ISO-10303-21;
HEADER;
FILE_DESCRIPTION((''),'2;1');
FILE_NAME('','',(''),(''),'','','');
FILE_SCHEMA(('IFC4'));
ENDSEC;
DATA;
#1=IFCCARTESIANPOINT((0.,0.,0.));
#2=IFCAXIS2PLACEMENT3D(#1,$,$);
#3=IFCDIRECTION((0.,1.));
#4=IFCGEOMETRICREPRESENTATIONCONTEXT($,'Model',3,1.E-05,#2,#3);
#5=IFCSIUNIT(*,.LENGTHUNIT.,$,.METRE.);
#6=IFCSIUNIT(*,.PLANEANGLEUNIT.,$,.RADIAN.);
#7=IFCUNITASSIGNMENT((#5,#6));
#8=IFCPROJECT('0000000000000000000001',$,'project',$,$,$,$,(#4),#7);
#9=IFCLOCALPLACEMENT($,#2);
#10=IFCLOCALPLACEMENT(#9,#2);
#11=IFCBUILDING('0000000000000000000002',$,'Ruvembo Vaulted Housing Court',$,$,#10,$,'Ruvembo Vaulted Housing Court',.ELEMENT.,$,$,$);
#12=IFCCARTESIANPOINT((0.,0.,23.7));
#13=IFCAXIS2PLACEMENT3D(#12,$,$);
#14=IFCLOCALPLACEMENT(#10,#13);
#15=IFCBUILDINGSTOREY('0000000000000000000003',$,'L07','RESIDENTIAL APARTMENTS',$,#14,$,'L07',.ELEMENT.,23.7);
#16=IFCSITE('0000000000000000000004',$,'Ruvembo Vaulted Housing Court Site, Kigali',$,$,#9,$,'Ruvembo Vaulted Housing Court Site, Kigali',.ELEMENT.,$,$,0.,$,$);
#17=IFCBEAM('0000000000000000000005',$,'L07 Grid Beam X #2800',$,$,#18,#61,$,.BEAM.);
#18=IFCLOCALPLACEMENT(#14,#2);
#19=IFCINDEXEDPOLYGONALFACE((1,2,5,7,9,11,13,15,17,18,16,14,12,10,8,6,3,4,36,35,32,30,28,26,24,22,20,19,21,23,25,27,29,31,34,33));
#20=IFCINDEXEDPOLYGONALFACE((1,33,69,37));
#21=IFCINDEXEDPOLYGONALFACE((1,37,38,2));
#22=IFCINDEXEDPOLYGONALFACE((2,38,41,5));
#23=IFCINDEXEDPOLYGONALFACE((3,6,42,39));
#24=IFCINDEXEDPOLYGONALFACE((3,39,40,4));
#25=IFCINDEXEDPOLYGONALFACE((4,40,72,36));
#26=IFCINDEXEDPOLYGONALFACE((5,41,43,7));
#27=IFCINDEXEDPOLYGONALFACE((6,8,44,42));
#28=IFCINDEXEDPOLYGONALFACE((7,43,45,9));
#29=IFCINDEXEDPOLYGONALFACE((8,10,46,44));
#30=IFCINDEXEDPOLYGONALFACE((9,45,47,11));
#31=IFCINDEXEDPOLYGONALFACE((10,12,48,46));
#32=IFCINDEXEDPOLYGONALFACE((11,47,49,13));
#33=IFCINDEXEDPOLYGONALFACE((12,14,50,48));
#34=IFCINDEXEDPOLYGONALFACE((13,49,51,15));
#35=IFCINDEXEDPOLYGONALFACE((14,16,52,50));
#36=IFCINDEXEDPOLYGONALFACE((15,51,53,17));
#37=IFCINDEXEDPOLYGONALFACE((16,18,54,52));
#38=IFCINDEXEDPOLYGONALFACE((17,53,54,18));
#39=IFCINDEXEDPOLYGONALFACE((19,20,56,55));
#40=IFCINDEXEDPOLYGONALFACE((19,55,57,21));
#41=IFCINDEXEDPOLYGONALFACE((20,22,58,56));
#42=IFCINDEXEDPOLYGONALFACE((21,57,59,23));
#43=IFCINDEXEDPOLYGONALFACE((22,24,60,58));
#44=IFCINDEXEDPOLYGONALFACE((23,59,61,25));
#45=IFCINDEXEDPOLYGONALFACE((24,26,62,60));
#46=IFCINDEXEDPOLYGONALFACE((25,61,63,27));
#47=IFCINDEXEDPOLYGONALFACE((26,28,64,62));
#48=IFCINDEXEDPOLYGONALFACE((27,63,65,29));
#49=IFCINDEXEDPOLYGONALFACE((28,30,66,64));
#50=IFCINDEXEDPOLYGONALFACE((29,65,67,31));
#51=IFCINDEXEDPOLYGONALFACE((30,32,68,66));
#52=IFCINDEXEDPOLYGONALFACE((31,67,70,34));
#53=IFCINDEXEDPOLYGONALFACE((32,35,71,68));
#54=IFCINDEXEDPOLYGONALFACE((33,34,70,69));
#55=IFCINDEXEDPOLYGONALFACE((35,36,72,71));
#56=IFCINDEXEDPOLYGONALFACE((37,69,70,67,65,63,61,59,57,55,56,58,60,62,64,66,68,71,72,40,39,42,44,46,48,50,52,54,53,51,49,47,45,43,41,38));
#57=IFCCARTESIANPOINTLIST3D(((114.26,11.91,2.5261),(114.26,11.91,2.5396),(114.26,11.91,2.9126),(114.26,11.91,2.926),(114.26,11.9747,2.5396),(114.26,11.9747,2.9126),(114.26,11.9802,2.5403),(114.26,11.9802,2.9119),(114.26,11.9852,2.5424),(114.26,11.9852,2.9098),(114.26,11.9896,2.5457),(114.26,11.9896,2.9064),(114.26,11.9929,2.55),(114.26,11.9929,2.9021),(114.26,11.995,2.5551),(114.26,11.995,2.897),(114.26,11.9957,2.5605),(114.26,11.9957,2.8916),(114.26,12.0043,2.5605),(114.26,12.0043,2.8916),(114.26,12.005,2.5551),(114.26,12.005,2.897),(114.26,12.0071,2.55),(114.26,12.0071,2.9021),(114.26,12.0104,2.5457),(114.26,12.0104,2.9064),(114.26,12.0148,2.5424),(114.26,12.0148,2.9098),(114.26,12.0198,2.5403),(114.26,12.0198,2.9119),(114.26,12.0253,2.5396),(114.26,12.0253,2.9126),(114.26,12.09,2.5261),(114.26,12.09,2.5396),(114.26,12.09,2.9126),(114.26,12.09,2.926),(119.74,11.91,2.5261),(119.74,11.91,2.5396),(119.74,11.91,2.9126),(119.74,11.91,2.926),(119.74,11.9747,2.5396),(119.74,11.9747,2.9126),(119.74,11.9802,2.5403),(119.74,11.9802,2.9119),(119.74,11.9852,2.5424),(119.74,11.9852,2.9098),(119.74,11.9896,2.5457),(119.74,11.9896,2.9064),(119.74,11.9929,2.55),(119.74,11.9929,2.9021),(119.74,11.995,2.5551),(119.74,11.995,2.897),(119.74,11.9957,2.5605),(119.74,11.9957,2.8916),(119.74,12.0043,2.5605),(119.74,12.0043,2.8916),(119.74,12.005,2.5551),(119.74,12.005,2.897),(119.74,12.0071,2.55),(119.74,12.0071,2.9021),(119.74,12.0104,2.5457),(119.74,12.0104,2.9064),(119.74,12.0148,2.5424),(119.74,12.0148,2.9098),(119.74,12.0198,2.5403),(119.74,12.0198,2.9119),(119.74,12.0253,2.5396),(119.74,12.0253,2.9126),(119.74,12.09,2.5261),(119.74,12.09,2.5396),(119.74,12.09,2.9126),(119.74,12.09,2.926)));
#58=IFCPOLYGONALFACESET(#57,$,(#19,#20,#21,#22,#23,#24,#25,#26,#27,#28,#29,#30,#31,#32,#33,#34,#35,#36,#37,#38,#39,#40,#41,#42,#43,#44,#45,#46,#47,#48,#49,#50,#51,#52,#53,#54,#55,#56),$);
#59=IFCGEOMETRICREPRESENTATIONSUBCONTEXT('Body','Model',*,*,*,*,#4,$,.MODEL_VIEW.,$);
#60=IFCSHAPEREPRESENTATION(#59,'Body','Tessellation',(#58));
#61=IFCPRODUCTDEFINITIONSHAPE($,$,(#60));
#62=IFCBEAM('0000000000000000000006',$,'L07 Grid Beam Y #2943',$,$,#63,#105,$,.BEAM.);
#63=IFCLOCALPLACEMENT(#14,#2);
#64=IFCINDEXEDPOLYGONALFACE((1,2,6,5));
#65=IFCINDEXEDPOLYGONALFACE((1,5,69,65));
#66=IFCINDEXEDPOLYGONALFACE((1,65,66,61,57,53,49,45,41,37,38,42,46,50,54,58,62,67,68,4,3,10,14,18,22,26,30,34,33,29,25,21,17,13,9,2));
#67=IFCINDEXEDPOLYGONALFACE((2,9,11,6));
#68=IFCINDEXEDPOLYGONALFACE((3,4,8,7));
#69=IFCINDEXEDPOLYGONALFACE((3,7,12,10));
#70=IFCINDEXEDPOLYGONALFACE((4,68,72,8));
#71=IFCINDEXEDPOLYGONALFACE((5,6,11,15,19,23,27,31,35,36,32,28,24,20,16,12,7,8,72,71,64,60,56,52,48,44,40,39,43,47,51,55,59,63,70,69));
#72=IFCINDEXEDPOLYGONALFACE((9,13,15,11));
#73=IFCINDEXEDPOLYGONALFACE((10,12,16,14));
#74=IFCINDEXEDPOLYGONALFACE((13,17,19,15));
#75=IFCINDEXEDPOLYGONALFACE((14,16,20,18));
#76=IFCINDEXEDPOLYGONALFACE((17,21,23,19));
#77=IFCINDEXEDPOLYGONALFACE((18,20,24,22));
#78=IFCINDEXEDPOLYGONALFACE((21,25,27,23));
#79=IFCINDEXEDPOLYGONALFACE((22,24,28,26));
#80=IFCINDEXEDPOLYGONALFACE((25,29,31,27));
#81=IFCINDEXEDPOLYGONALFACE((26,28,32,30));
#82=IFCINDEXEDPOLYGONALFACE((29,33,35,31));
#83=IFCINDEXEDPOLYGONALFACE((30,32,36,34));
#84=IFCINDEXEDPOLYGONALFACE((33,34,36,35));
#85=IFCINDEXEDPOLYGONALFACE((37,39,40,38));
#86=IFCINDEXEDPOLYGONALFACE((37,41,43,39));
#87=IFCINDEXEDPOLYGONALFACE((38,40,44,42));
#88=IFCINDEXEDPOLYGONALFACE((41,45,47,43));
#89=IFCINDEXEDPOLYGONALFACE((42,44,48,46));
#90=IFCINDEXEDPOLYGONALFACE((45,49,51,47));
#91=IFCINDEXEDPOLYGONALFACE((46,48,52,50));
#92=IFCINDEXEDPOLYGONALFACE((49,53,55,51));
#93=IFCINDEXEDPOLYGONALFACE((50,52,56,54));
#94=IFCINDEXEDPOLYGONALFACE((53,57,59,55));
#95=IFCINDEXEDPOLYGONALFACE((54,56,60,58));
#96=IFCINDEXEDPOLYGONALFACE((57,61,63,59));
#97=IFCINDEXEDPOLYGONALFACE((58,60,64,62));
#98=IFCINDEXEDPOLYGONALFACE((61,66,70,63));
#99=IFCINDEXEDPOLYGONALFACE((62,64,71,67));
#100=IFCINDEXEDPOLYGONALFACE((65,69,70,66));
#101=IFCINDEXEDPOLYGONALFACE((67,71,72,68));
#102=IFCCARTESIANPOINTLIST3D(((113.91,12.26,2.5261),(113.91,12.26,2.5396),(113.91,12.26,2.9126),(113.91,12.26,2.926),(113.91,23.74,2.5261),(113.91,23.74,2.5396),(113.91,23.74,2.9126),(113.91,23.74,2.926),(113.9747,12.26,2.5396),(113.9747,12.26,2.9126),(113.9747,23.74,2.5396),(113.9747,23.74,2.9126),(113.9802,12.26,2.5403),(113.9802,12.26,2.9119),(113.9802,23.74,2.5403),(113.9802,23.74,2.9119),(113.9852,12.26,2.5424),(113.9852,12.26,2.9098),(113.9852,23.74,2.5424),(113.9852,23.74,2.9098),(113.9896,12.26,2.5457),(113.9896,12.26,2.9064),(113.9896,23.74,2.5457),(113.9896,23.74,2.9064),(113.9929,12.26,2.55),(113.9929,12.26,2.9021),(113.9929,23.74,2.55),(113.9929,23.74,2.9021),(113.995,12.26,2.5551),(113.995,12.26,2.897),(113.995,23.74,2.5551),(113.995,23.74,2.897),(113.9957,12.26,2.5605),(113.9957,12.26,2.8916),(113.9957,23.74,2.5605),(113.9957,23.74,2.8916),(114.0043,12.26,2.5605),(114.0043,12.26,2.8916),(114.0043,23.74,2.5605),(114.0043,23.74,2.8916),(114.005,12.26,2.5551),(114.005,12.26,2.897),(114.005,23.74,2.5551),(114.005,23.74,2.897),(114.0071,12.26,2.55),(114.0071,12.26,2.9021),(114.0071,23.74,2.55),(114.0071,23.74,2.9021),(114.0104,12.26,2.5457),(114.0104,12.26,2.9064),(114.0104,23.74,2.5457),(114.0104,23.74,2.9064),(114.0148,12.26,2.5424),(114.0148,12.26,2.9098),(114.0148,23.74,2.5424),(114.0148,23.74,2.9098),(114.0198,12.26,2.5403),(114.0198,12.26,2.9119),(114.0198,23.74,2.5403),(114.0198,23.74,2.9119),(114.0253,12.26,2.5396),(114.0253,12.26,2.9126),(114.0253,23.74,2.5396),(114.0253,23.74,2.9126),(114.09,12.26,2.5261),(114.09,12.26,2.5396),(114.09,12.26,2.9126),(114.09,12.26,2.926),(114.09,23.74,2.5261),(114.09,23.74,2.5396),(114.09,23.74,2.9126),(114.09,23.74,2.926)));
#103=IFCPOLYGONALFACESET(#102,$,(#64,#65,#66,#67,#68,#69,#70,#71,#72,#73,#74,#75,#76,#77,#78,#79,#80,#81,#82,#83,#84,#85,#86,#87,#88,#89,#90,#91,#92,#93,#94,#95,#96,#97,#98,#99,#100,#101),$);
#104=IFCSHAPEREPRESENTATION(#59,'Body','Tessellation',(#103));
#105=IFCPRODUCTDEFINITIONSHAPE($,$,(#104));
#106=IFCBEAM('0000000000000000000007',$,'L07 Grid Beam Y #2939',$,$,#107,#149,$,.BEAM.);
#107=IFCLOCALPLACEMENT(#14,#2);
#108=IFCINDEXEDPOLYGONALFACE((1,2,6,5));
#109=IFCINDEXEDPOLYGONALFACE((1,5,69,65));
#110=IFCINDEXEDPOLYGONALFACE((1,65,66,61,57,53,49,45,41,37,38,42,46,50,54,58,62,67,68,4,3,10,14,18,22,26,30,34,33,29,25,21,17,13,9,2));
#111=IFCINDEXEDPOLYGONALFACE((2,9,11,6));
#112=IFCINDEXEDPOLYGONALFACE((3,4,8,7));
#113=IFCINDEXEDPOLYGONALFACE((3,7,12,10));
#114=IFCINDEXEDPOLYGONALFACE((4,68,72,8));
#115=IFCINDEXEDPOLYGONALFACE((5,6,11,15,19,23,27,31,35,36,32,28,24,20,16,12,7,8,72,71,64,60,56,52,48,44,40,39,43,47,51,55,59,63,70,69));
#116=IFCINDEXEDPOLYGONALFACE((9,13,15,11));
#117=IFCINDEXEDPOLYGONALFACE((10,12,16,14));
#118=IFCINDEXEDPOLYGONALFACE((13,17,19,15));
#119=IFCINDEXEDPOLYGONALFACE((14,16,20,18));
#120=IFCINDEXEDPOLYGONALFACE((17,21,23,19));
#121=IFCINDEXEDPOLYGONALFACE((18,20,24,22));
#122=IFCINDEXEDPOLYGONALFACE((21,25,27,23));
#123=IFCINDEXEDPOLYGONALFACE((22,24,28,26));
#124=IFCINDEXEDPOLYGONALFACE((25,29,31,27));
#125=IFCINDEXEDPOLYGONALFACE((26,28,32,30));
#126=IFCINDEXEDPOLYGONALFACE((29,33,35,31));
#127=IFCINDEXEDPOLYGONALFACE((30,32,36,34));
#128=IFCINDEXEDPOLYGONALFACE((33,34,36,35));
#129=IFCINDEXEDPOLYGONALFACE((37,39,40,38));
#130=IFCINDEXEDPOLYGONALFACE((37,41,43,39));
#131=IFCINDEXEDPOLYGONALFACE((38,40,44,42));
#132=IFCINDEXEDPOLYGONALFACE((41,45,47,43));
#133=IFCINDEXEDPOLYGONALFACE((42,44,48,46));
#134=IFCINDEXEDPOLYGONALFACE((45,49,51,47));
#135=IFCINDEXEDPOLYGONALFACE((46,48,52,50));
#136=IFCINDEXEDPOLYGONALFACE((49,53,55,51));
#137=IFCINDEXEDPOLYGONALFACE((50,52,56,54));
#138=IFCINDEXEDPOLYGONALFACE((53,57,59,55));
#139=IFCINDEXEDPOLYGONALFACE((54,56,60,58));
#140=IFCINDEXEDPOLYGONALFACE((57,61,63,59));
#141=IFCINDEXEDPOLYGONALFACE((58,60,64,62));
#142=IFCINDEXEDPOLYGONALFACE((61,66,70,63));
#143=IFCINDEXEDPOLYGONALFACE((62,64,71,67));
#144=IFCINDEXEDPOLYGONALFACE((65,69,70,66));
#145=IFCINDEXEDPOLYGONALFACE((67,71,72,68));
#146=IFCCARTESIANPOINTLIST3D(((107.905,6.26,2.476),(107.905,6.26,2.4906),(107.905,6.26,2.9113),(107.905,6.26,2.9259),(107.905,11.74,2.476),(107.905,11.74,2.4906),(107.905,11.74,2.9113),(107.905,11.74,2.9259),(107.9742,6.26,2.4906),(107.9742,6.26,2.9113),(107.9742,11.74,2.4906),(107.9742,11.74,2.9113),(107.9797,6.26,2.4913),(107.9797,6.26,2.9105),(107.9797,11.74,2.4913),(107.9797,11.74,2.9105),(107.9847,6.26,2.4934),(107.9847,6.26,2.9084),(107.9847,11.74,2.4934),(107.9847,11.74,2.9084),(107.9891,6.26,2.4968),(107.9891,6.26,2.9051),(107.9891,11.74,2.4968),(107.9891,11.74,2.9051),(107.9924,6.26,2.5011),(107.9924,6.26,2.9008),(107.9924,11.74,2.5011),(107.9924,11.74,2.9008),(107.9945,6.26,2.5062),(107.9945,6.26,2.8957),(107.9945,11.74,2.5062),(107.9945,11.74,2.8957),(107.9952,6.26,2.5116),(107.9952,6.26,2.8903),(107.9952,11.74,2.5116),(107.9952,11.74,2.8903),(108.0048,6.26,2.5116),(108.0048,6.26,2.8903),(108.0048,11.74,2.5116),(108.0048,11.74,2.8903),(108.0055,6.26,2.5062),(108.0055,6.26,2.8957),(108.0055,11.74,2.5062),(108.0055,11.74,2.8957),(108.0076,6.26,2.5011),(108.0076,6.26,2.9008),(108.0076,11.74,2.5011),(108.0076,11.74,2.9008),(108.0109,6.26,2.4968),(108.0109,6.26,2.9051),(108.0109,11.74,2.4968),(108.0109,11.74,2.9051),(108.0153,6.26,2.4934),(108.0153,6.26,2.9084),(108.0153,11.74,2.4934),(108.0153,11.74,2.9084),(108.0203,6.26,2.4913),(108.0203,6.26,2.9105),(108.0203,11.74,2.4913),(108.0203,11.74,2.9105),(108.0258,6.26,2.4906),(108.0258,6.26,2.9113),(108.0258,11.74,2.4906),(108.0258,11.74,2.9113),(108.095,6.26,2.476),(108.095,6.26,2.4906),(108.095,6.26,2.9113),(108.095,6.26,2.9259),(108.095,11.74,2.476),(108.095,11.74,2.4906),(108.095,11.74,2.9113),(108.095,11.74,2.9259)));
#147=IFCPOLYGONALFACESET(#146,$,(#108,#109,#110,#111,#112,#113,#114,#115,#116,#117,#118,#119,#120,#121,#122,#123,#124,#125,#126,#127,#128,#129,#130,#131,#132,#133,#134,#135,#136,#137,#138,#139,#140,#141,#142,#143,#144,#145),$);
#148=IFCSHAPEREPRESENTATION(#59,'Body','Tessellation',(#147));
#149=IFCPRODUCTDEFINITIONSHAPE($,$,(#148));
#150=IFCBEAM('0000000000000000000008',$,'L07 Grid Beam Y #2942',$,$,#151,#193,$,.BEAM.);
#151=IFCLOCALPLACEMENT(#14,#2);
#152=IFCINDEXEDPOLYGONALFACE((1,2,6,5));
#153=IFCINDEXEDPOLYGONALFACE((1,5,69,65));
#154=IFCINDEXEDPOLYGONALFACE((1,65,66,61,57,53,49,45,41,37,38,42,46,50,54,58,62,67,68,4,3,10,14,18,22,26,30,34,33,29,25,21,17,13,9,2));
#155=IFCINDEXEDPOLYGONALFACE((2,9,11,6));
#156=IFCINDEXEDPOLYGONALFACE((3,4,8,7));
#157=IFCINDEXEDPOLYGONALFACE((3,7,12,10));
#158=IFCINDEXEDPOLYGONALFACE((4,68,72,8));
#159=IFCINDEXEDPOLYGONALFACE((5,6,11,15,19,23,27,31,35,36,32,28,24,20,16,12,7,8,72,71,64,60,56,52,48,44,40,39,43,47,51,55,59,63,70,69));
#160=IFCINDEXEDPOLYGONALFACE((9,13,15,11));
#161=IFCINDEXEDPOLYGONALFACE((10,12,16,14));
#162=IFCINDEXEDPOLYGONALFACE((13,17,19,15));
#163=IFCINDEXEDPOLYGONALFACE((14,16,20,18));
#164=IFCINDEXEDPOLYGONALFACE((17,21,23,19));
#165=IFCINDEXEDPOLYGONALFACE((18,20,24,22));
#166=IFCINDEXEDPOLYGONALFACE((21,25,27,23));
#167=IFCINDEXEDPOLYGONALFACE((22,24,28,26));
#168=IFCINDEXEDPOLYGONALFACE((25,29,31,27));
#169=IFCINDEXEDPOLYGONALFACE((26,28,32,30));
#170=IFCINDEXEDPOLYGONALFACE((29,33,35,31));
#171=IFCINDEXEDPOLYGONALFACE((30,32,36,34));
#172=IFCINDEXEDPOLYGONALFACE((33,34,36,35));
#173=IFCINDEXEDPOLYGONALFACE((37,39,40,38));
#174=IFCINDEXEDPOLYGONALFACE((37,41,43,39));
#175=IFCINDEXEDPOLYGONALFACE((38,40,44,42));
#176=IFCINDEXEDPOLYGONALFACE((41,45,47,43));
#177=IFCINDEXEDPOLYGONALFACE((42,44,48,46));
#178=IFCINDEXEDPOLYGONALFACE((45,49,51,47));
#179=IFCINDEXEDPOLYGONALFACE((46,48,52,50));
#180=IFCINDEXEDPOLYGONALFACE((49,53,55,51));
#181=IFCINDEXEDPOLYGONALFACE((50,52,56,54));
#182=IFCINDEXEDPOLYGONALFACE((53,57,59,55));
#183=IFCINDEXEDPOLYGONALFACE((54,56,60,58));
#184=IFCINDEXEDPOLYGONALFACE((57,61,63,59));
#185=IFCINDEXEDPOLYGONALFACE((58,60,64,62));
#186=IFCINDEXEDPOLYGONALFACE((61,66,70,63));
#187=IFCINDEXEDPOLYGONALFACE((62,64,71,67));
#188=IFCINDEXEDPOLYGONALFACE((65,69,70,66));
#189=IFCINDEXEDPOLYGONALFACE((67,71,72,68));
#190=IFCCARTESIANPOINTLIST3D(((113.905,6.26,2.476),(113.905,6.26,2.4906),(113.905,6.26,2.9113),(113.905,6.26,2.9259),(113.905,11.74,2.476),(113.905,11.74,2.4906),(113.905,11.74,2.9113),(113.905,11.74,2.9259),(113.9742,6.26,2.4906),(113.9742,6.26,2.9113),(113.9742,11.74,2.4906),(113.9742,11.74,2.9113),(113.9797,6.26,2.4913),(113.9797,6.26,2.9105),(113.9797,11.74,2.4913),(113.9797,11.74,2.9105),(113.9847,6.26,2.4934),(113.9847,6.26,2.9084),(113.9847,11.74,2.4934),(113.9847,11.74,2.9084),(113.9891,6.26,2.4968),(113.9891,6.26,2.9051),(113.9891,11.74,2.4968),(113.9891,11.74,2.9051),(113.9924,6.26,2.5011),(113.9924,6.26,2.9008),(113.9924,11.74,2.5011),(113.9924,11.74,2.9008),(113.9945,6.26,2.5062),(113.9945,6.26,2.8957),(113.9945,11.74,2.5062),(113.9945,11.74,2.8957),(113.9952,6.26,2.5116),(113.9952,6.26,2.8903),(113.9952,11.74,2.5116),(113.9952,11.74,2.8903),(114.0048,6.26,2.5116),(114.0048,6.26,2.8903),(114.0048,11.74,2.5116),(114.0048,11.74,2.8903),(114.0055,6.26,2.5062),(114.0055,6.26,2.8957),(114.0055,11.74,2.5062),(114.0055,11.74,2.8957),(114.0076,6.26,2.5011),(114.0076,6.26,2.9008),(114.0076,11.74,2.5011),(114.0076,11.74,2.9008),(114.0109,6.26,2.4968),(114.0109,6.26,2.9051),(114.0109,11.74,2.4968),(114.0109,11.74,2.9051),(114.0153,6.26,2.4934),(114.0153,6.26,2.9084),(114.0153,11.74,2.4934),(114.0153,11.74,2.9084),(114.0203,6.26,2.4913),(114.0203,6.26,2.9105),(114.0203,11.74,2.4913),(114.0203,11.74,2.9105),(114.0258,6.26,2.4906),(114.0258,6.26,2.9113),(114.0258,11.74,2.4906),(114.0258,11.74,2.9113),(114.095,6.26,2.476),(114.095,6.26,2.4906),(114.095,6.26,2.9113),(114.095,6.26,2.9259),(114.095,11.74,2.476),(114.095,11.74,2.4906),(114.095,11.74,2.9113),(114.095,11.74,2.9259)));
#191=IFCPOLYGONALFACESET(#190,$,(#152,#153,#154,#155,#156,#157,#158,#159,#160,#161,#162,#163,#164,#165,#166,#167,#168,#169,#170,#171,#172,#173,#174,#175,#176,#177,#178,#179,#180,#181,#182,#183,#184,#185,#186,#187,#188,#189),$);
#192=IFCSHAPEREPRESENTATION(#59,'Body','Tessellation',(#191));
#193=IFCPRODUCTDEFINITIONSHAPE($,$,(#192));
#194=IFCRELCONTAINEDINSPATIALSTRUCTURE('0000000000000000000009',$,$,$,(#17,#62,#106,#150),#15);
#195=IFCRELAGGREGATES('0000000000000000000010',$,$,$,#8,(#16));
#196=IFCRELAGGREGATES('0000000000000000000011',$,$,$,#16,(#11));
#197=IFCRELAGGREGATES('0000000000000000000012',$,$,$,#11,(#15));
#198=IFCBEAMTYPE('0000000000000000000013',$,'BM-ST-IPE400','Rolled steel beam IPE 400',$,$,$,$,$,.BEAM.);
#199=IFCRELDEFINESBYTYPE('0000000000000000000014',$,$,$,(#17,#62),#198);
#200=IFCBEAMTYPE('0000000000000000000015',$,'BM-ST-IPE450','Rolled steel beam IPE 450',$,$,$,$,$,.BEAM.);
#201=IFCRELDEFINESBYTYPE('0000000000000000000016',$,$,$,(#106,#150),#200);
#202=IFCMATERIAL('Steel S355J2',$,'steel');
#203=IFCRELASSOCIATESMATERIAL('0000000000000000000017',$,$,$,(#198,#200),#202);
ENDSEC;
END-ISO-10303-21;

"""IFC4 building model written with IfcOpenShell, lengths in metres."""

from ifc_helpers import new_model, si_unit, direction, frame, origin, origin_2d, place, context, subcontext, project, spatial, i_section, extrude, material, material_profile, profile_set, type_object, element, save


model = new_model("IFC4")

# Units and contexts
model_context = context("Model", 3, precision=1e-05, world=origin(), true_north=direction((0.0, 1.0)))
body_context = subcontext(model_context, "Body", "Model", "MODEL_VIEW")
ifc_project = project(units=[si_unit("LENGTHUNIT", "METRE"), si_unit("PLANEANGLEUNIT", "RADIAN")], contexts=[model_context])

# Site, building, storey
site_placement = place(None, origin())
site = spatial("IfcSite", under=ifc_project, at=site_placement, Name="Ruvembo Vaulted Housing Court Site, Kigali", LongName="Ruvembo Vaulted Housing Court Site, Kigali", CompositionType="ELEMENT", RefElevation=0.0)
building_placement = place(site_placement, origin())
building = spatial("IfcBuilding", under=site, at=building_placement, Name="Ruvembo Vaulted Housing Court", LongName="Ruvembo Vaulted Housing Court", CompositionType="ELEMENT")
storey_placement = place(building_placement, frame((0.0, 0.0, 23.7)))
storey = spatial("IfcBuildingStorey", under=building, at=storey_placement, Name="L07", Description="RESIDENTIAL APARTMENTS", LongName="L07", CompositionType="ELEMENT", Elevation=23.7)

# Beams
ifc_material_1 = material(Name="Steel S355J2", Category="steel")
ifc_material_profile_1 = material_profile(ifc_material_1, i_section(OverallWidth=0.1799, OverallDepth=0.3999, WebThickness=0.0085, FlangeThickness=0.0134, FilletRadius=0.021, at=origin_2d()), Name="IPE 400")
ifc_profile_set_1 = profile_set([ifc_material_profile_1], Name="Steel S355J2")
beam_type_1 = type_object("IfcBeamType", Name="BM-ST-IPE400", Description="Rolled steel beam IPE 400", PredefinedType="BEAM", material=ifc_profile_set_1)
beam_1_placement = place(storey_placement, frame((114.26, 12.0, 2.7261), z_axis=(1.0, 0.0, 0.0), x_axis=(0.0, 1.0, 0.0)))
element("IfcBeam", 1, at=beam_1_placement, inside=storey, type_object=beam_type_1, Name="L07 Grid Beam X #2800", PredefinedType="BEAM", context=body_context, shape_type="SweptSolid", body=[
    extrude(i_section(OverallWidth=0.1799, OverallDepth=0.3999, WebThickness=0.0085, FlangeThickness=0.0134, FilletRadius=0.021, at=origin_2d()), origin(), (0.0, 0.0, 1.0), 5.48),
])
beam_2_placement = place(storey_placement, frame((114.0, 12.26, 2.7261), z_axis=(0.0, 1.0, 0.0), x_axis=(-1.0, 0.0, 0.0)))
element("IfcBeam", 2, at=beam_2_placement, inside=storey, type_object=beam_type_1, Name="L07 Grid Beam Y #2943", PredefinedType="BEAM", context=body_context, shape_type="SweptSolid", body=[
    extrude(i_section(OverallWidth=0.1799, OverallDepth=0.3999, WebThickness=0.0085, FlangeThickness=0.0134, FilletRadius=0.021, at=origin_2d()), origin(), (0.0, 0.0, 1.0), 11.48),
])
ifc_material_profile_2 = material_profile(ifc_material_1, i_section(OverallWidth=0.1899, OverallDepth=0.45, WebThickness=0.0095, FlangeThickness=0.0146, FilletRadius=0.021, at=origin_2d()), Name="IPE 450")
ifc_profile_set_2 = profile_set([ifc_material_profile_2], Name="Steel S355J2")
beam_type_2 = type_object("IfcBeamType", Name="BM-ST-IPE450", Description="Rolled steel beam IPE 450", PredefinedType="BEAM", material=ifc_profile_set_2)
for number, where, z_axis, x_axis, name in (
    (3, (108.0, 6.26, 2.7009), (0.0, 1.0, 0.0), (-1.0, 0.0, 0.0), "L07 Grid Beam Y #2939"),
    (4, (114.0, 6.26, 2.7009), (0.0, 1.0, 0.0), (-1.0, 0.0, 0.0), "L07 Grid Beam Y #2942"),
):
    element("IfcBeam", number, at=place(storey_placement, frame(where, z_axis=z_axis, x_axis=x_axis)), inside=storey, type_object=beam_type_2, Name=name, PredefinedType="BEAM", context=body_context, shape_type="SweptSolid", body=[
        extrude(i_section(OverallWidth=0.1899, OverallDepth=0.45, WebThickness=0.0095, FlangeThickness=0.0146, FilletRadius=0.021, at=origin_2d()), origin(), (0.0, 0.0, 1.0), 5.48),
    ])

save(model, "model.ifc")
